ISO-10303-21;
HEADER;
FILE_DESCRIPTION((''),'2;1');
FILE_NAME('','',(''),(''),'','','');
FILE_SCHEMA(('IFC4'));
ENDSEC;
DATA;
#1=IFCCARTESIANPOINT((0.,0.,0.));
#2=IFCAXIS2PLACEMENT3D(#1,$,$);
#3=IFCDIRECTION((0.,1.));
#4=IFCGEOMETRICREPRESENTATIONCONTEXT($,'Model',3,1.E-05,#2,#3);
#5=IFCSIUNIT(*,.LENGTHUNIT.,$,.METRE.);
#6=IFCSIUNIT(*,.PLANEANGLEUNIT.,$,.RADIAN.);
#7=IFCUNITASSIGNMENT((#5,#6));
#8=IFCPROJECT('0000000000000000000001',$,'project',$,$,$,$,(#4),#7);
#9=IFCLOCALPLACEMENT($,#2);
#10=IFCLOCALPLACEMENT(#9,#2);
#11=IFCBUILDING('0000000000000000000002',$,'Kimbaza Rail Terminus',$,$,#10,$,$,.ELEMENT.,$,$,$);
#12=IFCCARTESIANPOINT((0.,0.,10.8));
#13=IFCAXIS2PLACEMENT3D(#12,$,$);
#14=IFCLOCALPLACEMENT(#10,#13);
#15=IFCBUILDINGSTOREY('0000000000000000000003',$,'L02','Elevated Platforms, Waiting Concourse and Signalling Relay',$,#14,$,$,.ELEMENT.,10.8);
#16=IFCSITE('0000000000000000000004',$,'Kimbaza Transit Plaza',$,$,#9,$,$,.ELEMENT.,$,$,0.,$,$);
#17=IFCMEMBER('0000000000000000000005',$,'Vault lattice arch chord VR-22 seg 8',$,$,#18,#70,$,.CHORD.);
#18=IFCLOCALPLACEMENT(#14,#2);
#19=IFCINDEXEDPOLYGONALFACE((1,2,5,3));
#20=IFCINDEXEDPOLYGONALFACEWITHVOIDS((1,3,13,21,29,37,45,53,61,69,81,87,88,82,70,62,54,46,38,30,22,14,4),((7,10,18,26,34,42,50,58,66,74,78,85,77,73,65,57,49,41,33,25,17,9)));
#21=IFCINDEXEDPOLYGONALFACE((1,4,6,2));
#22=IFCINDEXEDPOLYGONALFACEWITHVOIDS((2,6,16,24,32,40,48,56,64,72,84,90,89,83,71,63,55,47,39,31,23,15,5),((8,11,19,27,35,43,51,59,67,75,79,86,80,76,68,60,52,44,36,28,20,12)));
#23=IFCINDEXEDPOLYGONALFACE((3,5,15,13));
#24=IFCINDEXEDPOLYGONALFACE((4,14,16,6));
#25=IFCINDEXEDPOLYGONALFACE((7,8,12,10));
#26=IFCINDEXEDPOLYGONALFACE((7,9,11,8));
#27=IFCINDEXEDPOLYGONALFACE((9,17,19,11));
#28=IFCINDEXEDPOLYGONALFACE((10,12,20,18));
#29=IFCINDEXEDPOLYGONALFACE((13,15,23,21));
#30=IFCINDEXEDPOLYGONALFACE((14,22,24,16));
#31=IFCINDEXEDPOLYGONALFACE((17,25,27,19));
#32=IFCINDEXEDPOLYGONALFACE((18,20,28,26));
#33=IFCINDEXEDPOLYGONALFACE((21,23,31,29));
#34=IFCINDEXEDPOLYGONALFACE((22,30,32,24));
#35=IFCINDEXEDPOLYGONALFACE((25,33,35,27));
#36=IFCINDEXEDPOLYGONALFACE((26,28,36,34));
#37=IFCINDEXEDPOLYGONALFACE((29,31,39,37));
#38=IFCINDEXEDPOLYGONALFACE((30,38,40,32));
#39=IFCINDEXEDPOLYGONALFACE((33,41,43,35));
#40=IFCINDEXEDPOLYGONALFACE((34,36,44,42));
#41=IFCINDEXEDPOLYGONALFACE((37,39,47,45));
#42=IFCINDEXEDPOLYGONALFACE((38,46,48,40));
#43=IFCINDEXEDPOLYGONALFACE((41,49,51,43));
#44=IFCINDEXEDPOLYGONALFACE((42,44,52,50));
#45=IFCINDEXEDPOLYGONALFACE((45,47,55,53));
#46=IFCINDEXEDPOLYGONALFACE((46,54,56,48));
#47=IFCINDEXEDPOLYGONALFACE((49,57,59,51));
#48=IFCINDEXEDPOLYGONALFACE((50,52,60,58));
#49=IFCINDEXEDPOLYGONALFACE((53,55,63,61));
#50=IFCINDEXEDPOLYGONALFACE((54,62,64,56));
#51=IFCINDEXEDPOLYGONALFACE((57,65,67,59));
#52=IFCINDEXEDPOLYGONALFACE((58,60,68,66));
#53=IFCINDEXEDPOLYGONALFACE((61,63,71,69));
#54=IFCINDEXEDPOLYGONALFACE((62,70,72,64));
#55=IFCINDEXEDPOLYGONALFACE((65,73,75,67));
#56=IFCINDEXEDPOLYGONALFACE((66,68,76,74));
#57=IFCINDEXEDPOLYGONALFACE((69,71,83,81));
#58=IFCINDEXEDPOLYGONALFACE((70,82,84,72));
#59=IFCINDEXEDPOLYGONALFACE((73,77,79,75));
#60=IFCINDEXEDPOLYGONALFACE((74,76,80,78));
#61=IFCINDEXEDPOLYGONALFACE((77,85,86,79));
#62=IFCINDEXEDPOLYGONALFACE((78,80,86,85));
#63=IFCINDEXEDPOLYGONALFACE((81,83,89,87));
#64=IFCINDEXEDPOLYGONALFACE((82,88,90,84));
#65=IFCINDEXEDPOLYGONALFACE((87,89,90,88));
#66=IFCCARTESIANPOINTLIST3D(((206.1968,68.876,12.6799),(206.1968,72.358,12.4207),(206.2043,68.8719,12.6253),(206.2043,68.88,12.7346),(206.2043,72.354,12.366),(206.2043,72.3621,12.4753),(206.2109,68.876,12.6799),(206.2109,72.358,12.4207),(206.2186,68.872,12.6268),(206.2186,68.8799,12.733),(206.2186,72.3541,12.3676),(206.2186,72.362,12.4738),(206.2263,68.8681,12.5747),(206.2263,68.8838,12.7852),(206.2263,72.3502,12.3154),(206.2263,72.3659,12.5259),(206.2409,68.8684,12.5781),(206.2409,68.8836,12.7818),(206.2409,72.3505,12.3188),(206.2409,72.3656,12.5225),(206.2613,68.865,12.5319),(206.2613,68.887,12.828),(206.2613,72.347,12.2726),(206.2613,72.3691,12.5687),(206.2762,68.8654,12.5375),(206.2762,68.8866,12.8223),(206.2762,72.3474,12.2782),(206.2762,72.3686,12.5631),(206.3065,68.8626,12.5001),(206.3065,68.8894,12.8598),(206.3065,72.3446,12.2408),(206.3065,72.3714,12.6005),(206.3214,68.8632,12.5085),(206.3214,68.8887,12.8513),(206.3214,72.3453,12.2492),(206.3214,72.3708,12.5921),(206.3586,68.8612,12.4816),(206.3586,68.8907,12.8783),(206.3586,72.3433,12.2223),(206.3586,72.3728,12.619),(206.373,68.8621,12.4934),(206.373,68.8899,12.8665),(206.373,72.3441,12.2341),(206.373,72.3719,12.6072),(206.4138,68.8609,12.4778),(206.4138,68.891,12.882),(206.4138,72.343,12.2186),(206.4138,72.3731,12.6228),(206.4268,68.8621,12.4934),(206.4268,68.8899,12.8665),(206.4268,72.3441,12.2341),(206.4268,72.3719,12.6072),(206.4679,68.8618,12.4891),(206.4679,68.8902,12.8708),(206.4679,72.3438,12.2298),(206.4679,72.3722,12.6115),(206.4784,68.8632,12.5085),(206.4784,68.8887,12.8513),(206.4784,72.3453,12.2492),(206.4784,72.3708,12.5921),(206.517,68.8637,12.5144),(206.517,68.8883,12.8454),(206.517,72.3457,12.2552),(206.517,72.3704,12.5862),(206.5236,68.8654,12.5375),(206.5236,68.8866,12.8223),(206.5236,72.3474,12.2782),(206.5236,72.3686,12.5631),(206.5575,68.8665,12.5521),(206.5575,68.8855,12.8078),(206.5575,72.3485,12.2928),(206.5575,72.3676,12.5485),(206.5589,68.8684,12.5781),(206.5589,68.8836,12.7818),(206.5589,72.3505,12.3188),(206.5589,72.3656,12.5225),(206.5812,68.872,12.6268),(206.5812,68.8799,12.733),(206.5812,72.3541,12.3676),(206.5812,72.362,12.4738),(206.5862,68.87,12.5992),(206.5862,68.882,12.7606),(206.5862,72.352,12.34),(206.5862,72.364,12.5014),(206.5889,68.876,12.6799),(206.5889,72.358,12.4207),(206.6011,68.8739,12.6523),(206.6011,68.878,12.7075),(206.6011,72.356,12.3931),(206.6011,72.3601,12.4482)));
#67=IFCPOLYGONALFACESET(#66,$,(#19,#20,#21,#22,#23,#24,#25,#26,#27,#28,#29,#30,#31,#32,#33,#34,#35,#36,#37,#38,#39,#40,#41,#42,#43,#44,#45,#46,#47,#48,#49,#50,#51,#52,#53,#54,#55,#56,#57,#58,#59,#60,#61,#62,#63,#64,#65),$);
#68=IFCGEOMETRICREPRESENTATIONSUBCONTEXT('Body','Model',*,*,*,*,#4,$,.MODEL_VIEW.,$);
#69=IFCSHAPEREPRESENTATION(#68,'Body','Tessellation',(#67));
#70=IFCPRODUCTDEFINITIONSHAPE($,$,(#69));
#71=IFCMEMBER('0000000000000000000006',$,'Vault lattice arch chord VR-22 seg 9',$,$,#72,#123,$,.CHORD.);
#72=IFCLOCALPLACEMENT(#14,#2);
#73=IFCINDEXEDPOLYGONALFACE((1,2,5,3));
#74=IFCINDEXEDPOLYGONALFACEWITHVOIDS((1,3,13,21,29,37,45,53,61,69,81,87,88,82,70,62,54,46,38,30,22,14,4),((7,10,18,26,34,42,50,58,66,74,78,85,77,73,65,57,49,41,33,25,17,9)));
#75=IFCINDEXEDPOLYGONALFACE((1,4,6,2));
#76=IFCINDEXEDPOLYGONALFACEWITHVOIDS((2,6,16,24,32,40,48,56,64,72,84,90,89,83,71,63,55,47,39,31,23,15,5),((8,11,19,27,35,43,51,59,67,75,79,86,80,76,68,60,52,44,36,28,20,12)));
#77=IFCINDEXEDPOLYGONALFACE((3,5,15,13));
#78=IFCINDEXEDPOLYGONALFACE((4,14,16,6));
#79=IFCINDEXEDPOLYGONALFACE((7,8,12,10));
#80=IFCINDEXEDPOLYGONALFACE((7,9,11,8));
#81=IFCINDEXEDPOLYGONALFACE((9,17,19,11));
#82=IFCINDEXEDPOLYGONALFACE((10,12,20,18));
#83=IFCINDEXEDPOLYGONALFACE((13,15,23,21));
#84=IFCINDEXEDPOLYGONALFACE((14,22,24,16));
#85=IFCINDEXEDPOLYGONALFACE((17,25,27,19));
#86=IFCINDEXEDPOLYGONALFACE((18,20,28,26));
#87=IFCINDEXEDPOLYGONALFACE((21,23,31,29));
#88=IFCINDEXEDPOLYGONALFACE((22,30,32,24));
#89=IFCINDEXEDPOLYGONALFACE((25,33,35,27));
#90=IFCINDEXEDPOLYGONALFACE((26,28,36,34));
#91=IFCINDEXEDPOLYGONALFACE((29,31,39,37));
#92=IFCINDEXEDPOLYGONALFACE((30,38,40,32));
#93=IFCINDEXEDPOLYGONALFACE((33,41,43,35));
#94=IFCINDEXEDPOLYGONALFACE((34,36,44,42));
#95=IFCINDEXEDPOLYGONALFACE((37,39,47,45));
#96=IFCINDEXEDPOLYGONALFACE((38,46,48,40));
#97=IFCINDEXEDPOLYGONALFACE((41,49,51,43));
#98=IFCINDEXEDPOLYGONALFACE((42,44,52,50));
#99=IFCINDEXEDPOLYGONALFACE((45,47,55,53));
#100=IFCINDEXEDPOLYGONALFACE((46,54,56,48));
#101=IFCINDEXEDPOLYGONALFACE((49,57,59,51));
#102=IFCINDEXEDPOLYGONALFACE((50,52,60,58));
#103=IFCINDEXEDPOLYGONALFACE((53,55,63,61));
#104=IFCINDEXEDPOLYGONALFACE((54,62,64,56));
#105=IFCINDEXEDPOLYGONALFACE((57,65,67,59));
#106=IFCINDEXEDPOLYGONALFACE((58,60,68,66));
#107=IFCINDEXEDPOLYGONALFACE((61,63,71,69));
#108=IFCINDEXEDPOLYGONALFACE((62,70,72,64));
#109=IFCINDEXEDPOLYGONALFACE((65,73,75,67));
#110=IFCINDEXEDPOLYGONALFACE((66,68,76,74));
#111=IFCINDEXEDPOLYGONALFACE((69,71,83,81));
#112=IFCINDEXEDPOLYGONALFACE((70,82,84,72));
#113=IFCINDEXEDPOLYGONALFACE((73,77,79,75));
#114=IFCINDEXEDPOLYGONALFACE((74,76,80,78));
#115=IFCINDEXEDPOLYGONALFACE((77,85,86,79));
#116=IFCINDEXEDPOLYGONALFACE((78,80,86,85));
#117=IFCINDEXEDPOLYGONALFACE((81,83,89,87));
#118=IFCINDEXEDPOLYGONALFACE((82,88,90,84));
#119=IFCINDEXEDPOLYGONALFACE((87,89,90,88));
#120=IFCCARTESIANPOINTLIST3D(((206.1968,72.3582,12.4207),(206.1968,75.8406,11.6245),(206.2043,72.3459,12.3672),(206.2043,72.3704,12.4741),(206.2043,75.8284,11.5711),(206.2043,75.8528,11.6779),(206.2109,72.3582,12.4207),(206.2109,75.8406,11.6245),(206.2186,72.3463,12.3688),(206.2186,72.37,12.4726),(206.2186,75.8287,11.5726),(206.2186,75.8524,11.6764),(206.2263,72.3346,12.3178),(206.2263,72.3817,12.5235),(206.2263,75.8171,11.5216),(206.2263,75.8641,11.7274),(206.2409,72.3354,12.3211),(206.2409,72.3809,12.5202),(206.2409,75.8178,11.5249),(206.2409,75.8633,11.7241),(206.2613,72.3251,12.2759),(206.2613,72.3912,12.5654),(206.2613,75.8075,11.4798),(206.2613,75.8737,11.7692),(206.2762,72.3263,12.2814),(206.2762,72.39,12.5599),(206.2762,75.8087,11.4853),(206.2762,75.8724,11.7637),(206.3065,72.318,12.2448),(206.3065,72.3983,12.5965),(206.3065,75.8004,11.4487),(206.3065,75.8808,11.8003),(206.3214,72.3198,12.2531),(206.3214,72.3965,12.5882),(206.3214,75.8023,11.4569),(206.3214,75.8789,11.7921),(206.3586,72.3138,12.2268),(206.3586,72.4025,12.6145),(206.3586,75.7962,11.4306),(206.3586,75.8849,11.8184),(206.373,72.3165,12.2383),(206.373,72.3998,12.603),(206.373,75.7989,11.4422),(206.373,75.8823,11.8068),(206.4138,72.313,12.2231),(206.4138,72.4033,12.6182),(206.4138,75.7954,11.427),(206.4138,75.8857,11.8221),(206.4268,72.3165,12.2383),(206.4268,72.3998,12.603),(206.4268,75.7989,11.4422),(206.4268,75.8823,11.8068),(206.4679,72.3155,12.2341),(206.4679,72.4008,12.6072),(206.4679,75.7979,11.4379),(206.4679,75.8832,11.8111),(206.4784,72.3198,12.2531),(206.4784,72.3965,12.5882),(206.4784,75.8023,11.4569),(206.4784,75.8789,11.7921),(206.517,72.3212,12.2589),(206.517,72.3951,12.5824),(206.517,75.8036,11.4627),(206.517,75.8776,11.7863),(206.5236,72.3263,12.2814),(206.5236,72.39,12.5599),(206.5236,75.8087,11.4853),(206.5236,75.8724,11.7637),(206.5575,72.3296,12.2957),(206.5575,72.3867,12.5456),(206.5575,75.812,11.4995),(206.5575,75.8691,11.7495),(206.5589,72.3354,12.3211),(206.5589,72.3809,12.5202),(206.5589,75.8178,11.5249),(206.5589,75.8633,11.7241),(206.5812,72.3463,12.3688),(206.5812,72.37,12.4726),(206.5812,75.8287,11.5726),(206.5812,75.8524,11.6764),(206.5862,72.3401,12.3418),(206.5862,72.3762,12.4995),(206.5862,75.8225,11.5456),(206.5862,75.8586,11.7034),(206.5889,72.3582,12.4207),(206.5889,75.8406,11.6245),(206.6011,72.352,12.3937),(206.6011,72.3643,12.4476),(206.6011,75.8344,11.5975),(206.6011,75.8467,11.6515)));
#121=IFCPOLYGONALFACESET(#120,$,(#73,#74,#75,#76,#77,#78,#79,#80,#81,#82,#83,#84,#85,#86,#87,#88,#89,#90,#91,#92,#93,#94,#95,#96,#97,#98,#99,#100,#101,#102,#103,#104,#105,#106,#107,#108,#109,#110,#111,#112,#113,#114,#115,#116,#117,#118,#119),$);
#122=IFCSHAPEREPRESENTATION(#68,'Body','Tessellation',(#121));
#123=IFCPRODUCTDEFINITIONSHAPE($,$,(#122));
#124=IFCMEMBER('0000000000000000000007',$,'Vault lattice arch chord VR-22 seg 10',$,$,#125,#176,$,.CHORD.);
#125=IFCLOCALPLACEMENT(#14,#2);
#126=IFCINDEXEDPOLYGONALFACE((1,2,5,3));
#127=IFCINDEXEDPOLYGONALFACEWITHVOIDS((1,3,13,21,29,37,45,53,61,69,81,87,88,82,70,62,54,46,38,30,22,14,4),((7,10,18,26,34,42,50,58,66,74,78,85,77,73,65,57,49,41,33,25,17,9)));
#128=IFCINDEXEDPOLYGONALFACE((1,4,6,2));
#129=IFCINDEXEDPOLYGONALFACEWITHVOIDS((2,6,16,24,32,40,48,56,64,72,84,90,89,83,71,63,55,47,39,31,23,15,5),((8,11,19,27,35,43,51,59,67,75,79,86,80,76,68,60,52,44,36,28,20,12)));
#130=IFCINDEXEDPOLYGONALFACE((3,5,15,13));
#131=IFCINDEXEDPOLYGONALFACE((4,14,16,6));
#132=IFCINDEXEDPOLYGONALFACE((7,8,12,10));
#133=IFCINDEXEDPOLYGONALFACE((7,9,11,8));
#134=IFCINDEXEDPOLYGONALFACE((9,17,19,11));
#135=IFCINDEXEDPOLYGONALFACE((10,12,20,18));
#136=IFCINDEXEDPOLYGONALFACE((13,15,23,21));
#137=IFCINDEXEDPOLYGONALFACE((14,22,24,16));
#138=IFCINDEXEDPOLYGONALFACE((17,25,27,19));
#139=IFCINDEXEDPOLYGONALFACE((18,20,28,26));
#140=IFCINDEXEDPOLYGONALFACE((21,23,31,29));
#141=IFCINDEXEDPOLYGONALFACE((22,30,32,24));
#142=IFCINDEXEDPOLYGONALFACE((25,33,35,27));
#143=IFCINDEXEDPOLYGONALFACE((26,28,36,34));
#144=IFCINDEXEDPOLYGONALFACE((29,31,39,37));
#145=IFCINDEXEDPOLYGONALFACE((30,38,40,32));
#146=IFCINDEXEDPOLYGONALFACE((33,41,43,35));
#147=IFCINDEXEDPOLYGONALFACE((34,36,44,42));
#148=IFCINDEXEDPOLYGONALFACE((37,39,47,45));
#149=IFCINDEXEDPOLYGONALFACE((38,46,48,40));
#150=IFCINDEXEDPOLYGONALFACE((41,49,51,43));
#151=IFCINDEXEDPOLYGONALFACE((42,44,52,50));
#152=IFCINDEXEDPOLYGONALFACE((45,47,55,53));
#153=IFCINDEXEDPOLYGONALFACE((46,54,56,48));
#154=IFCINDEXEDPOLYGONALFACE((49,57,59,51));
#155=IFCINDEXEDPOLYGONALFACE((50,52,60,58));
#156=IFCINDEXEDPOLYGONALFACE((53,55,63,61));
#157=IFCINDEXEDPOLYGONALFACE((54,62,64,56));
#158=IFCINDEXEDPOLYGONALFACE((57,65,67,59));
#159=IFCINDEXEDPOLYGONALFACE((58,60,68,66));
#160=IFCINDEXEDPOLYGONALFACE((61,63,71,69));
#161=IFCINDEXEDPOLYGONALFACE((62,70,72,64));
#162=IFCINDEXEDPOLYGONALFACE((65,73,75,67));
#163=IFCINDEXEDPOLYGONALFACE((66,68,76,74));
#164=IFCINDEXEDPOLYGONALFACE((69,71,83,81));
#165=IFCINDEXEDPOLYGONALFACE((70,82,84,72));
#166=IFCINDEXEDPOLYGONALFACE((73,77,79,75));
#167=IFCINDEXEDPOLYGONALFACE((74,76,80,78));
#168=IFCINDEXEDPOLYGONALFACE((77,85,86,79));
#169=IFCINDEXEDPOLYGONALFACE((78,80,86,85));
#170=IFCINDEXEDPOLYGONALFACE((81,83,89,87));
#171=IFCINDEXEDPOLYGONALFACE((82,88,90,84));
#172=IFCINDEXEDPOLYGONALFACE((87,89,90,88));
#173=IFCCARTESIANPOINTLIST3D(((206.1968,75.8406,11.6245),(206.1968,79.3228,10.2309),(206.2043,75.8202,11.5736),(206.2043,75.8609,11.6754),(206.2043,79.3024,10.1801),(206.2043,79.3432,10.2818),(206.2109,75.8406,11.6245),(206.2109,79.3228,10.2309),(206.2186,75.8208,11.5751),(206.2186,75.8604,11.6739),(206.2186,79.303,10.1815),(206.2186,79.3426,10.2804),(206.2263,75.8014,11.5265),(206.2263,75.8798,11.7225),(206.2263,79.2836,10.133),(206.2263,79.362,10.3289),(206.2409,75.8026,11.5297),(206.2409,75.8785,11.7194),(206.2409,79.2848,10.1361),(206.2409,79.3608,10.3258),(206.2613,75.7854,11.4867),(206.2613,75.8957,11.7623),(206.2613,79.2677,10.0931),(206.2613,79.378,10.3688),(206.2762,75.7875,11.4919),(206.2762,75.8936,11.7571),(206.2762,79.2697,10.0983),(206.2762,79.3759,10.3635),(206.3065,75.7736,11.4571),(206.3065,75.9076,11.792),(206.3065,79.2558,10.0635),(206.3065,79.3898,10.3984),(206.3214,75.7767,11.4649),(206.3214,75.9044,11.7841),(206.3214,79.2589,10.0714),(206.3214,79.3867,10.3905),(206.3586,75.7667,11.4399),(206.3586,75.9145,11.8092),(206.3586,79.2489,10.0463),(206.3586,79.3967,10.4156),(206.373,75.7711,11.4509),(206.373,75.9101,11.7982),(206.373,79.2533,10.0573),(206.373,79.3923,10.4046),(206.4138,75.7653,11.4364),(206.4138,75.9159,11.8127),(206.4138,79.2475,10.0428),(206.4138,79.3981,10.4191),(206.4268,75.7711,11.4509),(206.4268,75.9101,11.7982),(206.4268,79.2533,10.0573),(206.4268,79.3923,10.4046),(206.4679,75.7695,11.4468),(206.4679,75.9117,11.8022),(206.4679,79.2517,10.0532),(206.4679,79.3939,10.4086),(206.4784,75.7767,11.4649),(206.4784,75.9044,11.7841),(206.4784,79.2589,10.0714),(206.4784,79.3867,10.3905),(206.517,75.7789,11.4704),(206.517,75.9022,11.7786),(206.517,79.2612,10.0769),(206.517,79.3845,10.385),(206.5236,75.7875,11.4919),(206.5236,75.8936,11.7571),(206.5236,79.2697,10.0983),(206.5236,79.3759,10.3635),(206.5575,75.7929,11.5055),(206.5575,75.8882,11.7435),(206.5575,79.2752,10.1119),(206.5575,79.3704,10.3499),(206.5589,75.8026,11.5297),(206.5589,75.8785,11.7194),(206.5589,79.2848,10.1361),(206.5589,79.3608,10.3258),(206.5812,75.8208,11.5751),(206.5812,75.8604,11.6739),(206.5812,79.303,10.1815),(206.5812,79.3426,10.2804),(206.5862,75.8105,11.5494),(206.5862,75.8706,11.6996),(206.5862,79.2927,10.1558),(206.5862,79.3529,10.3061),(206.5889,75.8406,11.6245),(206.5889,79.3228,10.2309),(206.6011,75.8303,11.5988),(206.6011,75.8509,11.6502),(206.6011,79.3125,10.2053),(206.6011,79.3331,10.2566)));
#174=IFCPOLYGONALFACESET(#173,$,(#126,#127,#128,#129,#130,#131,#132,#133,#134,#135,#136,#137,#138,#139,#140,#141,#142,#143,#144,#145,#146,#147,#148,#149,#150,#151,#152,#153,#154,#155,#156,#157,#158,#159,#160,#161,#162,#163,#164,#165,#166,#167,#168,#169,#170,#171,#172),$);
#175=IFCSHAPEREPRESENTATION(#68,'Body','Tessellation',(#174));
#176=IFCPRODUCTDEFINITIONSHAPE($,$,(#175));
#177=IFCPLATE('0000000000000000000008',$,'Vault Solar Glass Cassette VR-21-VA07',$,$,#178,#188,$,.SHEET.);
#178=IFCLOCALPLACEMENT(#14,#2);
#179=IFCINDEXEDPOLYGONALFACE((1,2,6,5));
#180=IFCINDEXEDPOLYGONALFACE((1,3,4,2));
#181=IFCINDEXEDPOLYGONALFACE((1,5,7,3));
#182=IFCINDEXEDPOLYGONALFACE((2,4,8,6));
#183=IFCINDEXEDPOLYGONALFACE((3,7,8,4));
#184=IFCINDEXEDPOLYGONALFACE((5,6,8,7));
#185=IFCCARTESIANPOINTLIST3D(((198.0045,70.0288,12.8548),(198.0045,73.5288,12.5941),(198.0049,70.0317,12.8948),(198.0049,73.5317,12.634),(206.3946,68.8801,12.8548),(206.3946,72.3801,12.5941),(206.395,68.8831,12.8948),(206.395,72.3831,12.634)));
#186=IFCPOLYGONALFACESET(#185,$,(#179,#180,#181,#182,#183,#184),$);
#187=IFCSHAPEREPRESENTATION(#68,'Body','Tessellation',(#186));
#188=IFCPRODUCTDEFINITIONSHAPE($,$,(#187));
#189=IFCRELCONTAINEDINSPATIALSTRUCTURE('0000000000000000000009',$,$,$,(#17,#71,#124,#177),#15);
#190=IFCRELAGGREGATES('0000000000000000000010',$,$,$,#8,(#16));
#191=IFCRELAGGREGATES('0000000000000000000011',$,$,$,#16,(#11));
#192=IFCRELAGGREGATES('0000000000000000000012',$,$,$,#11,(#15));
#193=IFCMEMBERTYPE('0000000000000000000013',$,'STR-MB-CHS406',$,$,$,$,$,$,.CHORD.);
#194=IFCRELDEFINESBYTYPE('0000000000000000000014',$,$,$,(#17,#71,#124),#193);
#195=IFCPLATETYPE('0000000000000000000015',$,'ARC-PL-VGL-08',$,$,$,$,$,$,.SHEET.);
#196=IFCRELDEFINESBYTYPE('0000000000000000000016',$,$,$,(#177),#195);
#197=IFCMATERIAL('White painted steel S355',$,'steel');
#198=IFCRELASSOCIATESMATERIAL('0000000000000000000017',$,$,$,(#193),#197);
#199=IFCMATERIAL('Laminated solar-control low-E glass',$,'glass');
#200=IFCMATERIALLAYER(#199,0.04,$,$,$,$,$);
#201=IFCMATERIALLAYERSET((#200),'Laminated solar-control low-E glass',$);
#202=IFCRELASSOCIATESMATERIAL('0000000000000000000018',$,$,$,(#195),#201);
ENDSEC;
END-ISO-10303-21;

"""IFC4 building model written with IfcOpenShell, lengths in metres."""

from ifc_helpers import new_model, si_unit, direction, frame, origin, origin_2d, place, context, subcontext, project, spatial, polyline, hollow_circle, outline, extrude, material, layer, layer_set, material_profile, profile_set, type_object, element, save


model = new_model("IFC4")

# Units and contexts
model_context = context("Model", 3, precision=1e-05, world=origin(), true_north=direction((0.0, 1.0)))
body_context = subcontext(model_context, "Body", "Model", "MODEL_VIEW")
ifc_project = project(units=[si_unit("LENGTHUNIT", "METRE"), si_unit("PLANEANGLEUNIT", "RADIAN")], contexts=[model_context])

# Site, building, storey
site_placement = place(None, origin())
site = spatial("IfcSite", under=ifc_project, at=site_placement, Name="Kimbaza Transit Plaza", CompositionType="ELEMENT", RefElevation=0.0)
building_placement = place(site_placement, origin())
building = spatial("IfcBuilding", under=site, at=building_placement, Name="Kimbaza Rail Terminus", CompositionType="ELEMENT")
storey_placement = place(building_placement, frame((0.0, 0.0, 10.8)))
storey = spatial("IfcBuildingStorey", under=building, at=storey_placement, Name="L02", Description="Elevated Platforms, Waiting Concourse and Signalling Relay", CompositionType="ELEMENT", Elevation=10.8)

# Members
ifc_material_1 = material(Name="White painted steel S355", Category="steel")
ifc_material_profile_1 = material_profile(ifc_material_1, hollow_circle(Radius=0.2031, WallThickness=0.0142, at=origin_2d()), Name="CHS 406.4x14.2")
ifc_profile_set_1 = profile_set([ifc_material_profile_1], Name="White painted steel S355")
member_type_1 = type_object("IfcMemberType", Name="STR-MB-CHS406", PredefinedType="CHORD", material=ifc_profile_set_1)
member_1_placement = place(storey_placement, frame((206.3999, 68.876, 12.6799), z_axis=(0.0, 0.997239, -0.074253), x_axis=(-1.0, 0.0, 0.0)))
element("IfcMember", 1, at=member_1_placement, inside=storey, type_object=member_type_1, Name="Vault lattice arch chord VR-22 seg 8", PredefinedType="CHORD", context=body_context, shape_type="SweptSolid", body=[
    extrude(hollow_circle(Radius=0.2031, WallThickness=0.0142, at=origin_2d()), origin(), (0.0, 0.0, 1.0), 3.4917),
])
member_2_placement = place(storey_placement, frame((206.3999, 72.3582, 12.4207), z_axis=(0.0, 0.974849, -0.222867), x_axis=(-1.0, 0.0, 0.0)))
element("IfcMember", 2, at=member_2_placement, inside=storey, type_object=member_type_1, Name="Vault lattice arch chord VR-22 seg 9", PredefinedType="CHORD", context=body_context, shape_type="SweptSolid", body=[
    extrude(hollow_circle(Radius=0.2031, WallThickness=0.0142, at=origin_2d()), origin(), (0.0, 0.0, 1.0), 3.5723),
])
member_3_placement = place(storey_placement, frame((206.3999, 75.8406, 11.6245), z_axis=(0.0, 0.928414, -0.371548), x_axis=(-1.0, 0.0, 0.0)))
element("IfcMember", 3, at=member_3_placement, inside=storey, type_object=member_type_1, Name="Vault lattice arch chord VR-22 seg 10", PredefinedType="CHORD", context=body_context, shape_type="SweptSolid", body=[
    extrude(hollow_circle(Radius=0.2031, WallThickness=0.0142, at=origin_2d()), origin(), (0.0, 0.0, 1.0), 3.7507),
])

# Plate
ifc_material_2 = material(Name="Laminated solar-control low-E glass", Category="glass")
ifc_layer_1 = layer(ifc_material_2, 0.04)
ifc_layer_set_1 = layer_set([ifc_layer_1], Name="Laminated solar-control low-E glass")
plate_type_1 = type_object("IfcPlateType", Name="ARC-PL-VGL-08", PredefinedType="SHEET", material=ifc_layer_set_1)
plate_1_placement = place(storey_placement, frame((198.0049, 70.0317, 12.8948), z_axis=(0.010171, 0.074288, 0.997185), x_axis=(0.990758, -0.135643, 0.0)))
element("IfcPlate", 4, at=plate_1_placement, inside=storey, type_object=plate_type_1, Name="Vault Solar Glass Cassette VR-21-VA07", PredefinedType="SHEET", context=body_context, shape_type="SweptSolid", body=[
    extrude(outline(polyline([(0.0, 0.0), (8.4684, 0.0), (7.9937, 3.4774), (-0.4748, 3.4774), (0.0, 0.0)])), origin(), (0.0, 0.0, -1.0), 0.04),
])

save(model, "model.ifc")
